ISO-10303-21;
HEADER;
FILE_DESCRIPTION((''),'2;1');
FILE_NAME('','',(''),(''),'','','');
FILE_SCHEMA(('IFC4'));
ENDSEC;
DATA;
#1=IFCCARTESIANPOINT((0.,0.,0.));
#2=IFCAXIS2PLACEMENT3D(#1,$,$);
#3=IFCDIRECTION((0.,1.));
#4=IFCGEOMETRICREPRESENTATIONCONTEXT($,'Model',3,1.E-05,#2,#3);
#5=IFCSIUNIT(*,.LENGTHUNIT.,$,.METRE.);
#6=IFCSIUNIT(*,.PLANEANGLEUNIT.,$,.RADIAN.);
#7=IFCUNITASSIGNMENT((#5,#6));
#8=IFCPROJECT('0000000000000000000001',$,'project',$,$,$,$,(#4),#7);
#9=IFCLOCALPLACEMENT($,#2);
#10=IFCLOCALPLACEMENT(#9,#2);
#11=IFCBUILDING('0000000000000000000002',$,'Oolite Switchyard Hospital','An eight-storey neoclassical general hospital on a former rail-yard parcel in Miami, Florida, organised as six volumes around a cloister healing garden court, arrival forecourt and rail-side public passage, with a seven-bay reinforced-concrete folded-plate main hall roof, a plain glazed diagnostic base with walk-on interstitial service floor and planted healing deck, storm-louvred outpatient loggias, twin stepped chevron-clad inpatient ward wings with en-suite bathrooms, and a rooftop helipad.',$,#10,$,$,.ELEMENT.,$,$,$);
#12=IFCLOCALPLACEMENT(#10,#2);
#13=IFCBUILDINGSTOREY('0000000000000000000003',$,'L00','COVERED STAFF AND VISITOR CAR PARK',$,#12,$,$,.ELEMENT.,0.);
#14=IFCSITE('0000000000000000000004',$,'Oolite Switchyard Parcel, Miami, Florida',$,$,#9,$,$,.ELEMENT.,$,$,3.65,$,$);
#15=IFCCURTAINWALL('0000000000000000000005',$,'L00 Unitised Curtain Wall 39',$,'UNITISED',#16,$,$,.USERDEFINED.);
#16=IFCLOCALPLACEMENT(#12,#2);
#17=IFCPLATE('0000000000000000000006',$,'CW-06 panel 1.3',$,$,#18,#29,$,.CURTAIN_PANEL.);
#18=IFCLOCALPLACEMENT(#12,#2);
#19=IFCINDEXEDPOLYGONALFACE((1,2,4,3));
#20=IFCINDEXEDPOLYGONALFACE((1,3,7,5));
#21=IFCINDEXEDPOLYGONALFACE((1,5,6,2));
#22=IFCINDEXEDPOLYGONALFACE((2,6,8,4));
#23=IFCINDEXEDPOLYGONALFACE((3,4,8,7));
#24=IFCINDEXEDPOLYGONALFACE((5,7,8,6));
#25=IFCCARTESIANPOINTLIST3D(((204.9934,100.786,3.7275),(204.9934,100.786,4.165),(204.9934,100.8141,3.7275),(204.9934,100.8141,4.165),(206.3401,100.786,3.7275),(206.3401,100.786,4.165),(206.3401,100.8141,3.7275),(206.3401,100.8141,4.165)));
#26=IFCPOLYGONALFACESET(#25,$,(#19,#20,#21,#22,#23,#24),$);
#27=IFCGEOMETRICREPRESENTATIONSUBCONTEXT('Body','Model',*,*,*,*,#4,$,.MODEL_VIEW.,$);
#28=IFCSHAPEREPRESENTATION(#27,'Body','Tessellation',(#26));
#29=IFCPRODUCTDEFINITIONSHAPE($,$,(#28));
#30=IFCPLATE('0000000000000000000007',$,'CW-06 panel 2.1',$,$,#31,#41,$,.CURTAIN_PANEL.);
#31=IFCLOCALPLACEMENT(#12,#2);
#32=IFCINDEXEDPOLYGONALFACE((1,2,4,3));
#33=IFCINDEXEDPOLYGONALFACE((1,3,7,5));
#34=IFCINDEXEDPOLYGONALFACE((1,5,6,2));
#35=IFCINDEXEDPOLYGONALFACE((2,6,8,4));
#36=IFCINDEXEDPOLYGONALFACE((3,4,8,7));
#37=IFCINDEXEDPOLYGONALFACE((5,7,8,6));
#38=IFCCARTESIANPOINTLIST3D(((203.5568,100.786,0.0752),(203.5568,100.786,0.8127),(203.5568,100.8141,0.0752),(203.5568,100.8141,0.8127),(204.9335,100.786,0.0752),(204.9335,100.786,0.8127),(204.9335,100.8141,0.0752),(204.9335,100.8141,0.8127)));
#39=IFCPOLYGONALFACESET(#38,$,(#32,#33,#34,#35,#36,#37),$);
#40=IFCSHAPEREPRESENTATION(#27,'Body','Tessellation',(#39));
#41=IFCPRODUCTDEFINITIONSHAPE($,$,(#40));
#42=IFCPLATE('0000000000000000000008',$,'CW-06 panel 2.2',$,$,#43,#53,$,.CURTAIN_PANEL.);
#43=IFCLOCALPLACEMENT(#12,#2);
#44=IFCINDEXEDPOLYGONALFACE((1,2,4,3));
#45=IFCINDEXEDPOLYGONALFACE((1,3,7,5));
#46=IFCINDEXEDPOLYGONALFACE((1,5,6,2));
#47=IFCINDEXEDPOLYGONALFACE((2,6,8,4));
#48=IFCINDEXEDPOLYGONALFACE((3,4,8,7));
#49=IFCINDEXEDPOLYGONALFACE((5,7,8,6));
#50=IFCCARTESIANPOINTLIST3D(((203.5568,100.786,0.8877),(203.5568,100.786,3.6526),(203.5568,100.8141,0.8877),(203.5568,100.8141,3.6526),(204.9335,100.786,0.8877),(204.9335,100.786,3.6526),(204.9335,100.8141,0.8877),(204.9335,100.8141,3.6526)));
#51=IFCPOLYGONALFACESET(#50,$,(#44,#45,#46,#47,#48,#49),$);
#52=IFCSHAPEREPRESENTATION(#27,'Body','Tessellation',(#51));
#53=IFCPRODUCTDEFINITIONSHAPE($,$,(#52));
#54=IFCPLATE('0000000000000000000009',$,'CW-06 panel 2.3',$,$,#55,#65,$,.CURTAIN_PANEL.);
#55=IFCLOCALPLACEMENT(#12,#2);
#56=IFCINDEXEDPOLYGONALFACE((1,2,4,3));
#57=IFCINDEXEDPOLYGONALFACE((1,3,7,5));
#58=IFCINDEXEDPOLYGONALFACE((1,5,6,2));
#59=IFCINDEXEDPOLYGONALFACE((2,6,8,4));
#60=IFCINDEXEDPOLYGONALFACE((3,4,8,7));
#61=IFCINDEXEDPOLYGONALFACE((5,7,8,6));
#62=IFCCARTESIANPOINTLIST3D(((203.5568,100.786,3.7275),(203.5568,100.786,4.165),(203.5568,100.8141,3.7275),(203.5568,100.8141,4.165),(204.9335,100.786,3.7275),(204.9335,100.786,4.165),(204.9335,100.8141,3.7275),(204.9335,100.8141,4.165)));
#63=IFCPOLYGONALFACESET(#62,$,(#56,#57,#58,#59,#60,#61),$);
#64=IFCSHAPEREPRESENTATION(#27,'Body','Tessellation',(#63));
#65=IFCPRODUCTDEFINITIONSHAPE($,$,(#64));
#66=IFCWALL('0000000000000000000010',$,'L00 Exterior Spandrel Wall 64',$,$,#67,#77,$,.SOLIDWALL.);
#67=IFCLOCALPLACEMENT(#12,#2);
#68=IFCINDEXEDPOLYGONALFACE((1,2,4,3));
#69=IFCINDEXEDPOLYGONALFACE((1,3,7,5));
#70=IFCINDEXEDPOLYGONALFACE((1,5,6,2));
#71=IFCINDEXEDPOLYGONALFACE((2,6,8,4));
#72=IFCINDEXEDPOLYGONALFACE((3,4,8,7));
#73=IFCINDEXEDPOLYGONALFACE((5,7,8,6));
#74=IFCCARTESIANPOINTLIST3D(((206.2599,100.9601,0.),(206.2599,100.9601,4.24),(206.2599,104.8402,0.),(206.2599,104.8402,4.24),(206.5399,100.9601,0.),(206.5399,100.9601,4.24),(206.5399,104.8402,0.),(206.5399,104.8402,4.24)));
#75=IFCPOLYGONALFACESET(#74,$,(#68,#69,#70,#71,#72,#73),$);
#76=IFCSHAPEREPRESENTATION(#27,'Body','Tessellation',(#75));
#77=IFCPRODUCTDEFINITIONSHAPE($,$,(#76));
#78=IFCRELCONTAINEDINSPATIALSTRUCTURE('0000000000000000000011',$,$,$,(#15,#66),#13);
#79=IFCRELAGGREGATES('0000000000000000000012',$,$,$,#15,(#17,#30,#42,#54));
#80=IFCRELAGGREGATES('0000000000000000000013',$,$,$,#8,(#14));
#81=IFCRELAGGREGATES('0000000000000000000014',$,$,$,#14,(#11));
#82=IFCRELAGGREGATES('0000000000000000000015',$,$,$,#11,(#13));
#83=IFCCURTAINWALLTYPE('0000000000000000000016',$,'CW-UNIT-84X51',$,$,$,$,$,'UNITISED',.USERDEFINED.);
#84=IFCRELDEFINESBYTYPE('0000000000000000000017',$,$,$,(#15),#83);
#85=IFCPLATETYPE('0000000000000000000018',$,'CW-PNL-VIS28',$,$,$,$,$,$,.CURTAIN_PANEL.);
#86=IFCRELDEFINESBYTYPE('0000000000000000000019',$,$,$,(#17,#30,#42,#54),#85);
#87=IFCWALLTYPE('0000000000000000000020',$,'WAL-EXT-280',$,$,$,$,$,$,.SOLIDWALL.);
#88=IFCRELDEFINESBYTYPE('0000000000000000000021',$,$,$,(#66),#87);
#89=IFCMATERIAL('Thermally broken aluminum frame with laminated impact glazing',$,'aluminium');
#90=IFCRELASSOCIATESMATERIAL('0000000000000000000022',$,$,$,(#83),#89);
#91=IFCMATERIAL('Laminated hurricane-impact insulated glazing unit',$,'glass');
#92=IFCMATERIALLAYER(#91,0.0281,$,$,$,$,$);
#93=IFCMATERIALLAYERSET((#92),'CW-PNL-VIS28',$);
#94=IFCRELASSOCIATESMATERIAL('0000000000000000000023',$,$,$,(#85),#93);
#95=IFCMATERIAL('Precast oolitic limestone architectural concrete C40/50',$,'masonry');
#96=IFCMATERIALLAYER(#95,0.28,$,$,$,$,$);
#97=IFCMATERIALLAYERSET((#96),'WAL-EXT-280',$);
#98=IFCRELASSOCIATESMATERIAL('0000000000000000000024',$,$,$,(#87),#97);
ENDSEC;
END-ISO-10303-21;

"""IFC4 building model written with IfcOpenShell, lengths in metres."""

from ifc_helpers import new_model, si_unit, direction, frame, frame_2d, origin, origin_2d, place, context, subcontext, project, spatial, rectangle, extrude, material, layer, layer_set, type_object, element, aggregate, save


model = new_model("IFC4")

# Units and contexts
model_context = context("Model", 3, precision=1e-05, world=origin(), true_north=direction((0.0, 1.0)))
body_context = subcontext(model_context, "Body", "Model", "MODEL_VIEW")
ifc_project = project(units=[si_unit("LENGTHUNIT", "METRE"), si_unit("PLANEANGLEUNIT", "RADIAN")], contexts=[model_context])

# Site, building, storey
site_placement = place(None, origin())
site = spatial("IfcSite", under=ifc_project, at=site_placement, Name="Oolite Switchyard Parcel, Miami, Florida", CompositionType="ELEMENT", RefElevation=3.65)
building_placement = place(site_placement, origin())
building = spatial("IfcBuilding", under=site, at=building_placement, Name="Oolite Switchyard Hospital", Description="An eight-storey neoclassical general hospital on a former rail-yard parcel in Miami, Florida, organised as six volumes around a cloister healing garden court, arrival forecourt and rail-side public passage, with a seven-bay reinforced-concrete folded-plate main hall roof, a plain glazed diagnostic base with walk-on interstitial service floor and planted healing deck, storm-louvred outpatient loggias, twin stepped chevron-clad inpatient ward wings with en-suite bathrooms, and a rooftop helipad.", CompositionType="ELEMENT")
storey_placement = place(building_placement, origin())
storey = spatial("IfcBuildingStorey", under=building, at=storey_placement, Name="L00", Description="COVERED STAFF AND VISITOR CAR PARK", CompositionType="ELEMENT", Elevation=0.0)

# Curtain wall, plates
ifc_material_1 = material(Name="Thermally broken aluminum frame with laminated impact glazing", Category="aluminium")
curtain_wall_type = type_object("IfcCurtainWallType", Name="CW-UNIT-84X51", ElementType="UNITISED", PredefinedType="USERDEFINED", material=ifc_material_1)
curtain_wall_placement = place(storey_placement, origin())
curtain_wall = element("IfcCurtainWall", 1, at=curtain_wall_placement, inside=storey, type_object=curtain_wall_type, Name="L00 Unitised Curtain Wall 39", ObjectType="UNITISED", PredefinedType="USERDEFINED")
ifc_material_2 = material(Name="Laminated hurricane-impact insulated glazing unit", Category="glass")
ifc_layer_1 = layer(ifc_material_2, 0.0281)
ifc_layer_set_1 = layer_set([ifc_layer_1], Name="CW-PNL-VIS28")
plate_type = type_object("IfcPlateType", Name="CW-PNL-VIS28", PredefinedType="CURTAIN_PANEL", material=ifc_layer_set_1)
plate_1_placement = place(storey_placement, frame((205.6667, 100.8, 3.7275), z_axis=(0.0, 0.0, 1.0), x_axis=(-1.0, 0.0, 0.0)))
plate_1 = element("IfcPlate", 2, at=plate_1_placement, type_object=plate_type, Name="CW-06 panel 1.3", PredefinedType="CURTAIN_PANEL", context=body_context, shape_type="SweptSolid", body=[
    extrude(rectangle(XDim=1.3467, YDim=0.0281, at=origin_2d()), origin(), (0.0, 0.0, 1.0), 0.4375),
])
plate_2_placement = place(storey_placement, frame((204.2451, 100.8, 0.0752), z_axis=(0.0, 0.0, 1.0), x_axis=(-1.0, 0.0, 0.0)))
plate_2 = element("IfcPlate", 3, at=plate_2_placement, type_object=plate_type, Name="CW-06 panel 2.1", PredefinedType="CURTAIN_PANEL", context=body_context, shape_type="SweptSolid", body=[
    extrude(rectangle(XDim=1.3767, YDim=0.0281, at=origin_2d()), origin(), (0.0, 0.0, 1.0), 0.7375),
])
plate_3_placement = place(storey_placement, frame((204.2451, 100.8, 0.8877), z_axis=(0.0, 0.0, 1.0), x_axis=(-1.0, 0.0, 0.0)))
plate_3 = element("IfcPlate", 4, at=plate_3_placement, type_object=plate_type, Name="CW-06 panel 2.2", PredefinedType="CURTAIN_PANEL", context=body_context, shape_type="SweptSolid", body=[
    extrude(rectangle(XDim=1.3767, YDim=0.0281, at=origin_2d()), origin(), (0.0, 0.0, 1.0), 2.7649),
])
plate_4_placement = place(storey_placement, frame((204.2451, 100.8, 3.7275), z_axis=(0.0, 0.0, 1.0), x_axis=(-1.0, 0.0, 0.0)))
plate_4 = element("IfcPlate", 5, at=plate_4_placement, type_object=plate_type, Name="CW-06 panel 2.3", PredefinedType="CURTAIN_PANEL", context=body_context, shape_type="SweptSolid", body=[
    extrude(rectangle(XDim=1.3767, YDim=0.0281, at=origin_2d()), origin(), (0.0, 0.0, 1.0), 0.4375),
])
aggregate(curtain_wall, [plate_1, plate_2, plate_3, plate_4])

# Wall
ifc_material_3 = material(Name="Precast oolitic limestone architectural concrete C40/50", Category="masonry")
ifc_layer_2 = layer(ifc_material_3, 0.28)
ifc_layer_set_2 = layer_set([ifc_layer_2], Name="WAL-EXT-280")
wall_type = type_object("IfcWallType", Name="WAL-EXT-280", PredefinedType="SOLIDWALL", material=ifc_layer_set_2)
wall_placement = place(storey_placement, frame((206.3999, 104.8401, 0.0), z_axis=(0.0, 0.0, 1.0), x_axis=(0.0, -1.0, 0.0)))
element("IfcWall", 6, at=wall_placement, inside=storey, type_object=wall_type, Name="L00 Exterior Spandrel Wall 64", PredefinedType="SOLIDWALL", context=body_context, shape_type="SweptSolid", body=[
    extrude(rectangle(XDim=3.8801, YDim=0.28, at=frame_2d((1.9399, 0.0))), origin(), (0.0, 0.0, 1.0), 4.24),
])

save(model, "model.ifc")
